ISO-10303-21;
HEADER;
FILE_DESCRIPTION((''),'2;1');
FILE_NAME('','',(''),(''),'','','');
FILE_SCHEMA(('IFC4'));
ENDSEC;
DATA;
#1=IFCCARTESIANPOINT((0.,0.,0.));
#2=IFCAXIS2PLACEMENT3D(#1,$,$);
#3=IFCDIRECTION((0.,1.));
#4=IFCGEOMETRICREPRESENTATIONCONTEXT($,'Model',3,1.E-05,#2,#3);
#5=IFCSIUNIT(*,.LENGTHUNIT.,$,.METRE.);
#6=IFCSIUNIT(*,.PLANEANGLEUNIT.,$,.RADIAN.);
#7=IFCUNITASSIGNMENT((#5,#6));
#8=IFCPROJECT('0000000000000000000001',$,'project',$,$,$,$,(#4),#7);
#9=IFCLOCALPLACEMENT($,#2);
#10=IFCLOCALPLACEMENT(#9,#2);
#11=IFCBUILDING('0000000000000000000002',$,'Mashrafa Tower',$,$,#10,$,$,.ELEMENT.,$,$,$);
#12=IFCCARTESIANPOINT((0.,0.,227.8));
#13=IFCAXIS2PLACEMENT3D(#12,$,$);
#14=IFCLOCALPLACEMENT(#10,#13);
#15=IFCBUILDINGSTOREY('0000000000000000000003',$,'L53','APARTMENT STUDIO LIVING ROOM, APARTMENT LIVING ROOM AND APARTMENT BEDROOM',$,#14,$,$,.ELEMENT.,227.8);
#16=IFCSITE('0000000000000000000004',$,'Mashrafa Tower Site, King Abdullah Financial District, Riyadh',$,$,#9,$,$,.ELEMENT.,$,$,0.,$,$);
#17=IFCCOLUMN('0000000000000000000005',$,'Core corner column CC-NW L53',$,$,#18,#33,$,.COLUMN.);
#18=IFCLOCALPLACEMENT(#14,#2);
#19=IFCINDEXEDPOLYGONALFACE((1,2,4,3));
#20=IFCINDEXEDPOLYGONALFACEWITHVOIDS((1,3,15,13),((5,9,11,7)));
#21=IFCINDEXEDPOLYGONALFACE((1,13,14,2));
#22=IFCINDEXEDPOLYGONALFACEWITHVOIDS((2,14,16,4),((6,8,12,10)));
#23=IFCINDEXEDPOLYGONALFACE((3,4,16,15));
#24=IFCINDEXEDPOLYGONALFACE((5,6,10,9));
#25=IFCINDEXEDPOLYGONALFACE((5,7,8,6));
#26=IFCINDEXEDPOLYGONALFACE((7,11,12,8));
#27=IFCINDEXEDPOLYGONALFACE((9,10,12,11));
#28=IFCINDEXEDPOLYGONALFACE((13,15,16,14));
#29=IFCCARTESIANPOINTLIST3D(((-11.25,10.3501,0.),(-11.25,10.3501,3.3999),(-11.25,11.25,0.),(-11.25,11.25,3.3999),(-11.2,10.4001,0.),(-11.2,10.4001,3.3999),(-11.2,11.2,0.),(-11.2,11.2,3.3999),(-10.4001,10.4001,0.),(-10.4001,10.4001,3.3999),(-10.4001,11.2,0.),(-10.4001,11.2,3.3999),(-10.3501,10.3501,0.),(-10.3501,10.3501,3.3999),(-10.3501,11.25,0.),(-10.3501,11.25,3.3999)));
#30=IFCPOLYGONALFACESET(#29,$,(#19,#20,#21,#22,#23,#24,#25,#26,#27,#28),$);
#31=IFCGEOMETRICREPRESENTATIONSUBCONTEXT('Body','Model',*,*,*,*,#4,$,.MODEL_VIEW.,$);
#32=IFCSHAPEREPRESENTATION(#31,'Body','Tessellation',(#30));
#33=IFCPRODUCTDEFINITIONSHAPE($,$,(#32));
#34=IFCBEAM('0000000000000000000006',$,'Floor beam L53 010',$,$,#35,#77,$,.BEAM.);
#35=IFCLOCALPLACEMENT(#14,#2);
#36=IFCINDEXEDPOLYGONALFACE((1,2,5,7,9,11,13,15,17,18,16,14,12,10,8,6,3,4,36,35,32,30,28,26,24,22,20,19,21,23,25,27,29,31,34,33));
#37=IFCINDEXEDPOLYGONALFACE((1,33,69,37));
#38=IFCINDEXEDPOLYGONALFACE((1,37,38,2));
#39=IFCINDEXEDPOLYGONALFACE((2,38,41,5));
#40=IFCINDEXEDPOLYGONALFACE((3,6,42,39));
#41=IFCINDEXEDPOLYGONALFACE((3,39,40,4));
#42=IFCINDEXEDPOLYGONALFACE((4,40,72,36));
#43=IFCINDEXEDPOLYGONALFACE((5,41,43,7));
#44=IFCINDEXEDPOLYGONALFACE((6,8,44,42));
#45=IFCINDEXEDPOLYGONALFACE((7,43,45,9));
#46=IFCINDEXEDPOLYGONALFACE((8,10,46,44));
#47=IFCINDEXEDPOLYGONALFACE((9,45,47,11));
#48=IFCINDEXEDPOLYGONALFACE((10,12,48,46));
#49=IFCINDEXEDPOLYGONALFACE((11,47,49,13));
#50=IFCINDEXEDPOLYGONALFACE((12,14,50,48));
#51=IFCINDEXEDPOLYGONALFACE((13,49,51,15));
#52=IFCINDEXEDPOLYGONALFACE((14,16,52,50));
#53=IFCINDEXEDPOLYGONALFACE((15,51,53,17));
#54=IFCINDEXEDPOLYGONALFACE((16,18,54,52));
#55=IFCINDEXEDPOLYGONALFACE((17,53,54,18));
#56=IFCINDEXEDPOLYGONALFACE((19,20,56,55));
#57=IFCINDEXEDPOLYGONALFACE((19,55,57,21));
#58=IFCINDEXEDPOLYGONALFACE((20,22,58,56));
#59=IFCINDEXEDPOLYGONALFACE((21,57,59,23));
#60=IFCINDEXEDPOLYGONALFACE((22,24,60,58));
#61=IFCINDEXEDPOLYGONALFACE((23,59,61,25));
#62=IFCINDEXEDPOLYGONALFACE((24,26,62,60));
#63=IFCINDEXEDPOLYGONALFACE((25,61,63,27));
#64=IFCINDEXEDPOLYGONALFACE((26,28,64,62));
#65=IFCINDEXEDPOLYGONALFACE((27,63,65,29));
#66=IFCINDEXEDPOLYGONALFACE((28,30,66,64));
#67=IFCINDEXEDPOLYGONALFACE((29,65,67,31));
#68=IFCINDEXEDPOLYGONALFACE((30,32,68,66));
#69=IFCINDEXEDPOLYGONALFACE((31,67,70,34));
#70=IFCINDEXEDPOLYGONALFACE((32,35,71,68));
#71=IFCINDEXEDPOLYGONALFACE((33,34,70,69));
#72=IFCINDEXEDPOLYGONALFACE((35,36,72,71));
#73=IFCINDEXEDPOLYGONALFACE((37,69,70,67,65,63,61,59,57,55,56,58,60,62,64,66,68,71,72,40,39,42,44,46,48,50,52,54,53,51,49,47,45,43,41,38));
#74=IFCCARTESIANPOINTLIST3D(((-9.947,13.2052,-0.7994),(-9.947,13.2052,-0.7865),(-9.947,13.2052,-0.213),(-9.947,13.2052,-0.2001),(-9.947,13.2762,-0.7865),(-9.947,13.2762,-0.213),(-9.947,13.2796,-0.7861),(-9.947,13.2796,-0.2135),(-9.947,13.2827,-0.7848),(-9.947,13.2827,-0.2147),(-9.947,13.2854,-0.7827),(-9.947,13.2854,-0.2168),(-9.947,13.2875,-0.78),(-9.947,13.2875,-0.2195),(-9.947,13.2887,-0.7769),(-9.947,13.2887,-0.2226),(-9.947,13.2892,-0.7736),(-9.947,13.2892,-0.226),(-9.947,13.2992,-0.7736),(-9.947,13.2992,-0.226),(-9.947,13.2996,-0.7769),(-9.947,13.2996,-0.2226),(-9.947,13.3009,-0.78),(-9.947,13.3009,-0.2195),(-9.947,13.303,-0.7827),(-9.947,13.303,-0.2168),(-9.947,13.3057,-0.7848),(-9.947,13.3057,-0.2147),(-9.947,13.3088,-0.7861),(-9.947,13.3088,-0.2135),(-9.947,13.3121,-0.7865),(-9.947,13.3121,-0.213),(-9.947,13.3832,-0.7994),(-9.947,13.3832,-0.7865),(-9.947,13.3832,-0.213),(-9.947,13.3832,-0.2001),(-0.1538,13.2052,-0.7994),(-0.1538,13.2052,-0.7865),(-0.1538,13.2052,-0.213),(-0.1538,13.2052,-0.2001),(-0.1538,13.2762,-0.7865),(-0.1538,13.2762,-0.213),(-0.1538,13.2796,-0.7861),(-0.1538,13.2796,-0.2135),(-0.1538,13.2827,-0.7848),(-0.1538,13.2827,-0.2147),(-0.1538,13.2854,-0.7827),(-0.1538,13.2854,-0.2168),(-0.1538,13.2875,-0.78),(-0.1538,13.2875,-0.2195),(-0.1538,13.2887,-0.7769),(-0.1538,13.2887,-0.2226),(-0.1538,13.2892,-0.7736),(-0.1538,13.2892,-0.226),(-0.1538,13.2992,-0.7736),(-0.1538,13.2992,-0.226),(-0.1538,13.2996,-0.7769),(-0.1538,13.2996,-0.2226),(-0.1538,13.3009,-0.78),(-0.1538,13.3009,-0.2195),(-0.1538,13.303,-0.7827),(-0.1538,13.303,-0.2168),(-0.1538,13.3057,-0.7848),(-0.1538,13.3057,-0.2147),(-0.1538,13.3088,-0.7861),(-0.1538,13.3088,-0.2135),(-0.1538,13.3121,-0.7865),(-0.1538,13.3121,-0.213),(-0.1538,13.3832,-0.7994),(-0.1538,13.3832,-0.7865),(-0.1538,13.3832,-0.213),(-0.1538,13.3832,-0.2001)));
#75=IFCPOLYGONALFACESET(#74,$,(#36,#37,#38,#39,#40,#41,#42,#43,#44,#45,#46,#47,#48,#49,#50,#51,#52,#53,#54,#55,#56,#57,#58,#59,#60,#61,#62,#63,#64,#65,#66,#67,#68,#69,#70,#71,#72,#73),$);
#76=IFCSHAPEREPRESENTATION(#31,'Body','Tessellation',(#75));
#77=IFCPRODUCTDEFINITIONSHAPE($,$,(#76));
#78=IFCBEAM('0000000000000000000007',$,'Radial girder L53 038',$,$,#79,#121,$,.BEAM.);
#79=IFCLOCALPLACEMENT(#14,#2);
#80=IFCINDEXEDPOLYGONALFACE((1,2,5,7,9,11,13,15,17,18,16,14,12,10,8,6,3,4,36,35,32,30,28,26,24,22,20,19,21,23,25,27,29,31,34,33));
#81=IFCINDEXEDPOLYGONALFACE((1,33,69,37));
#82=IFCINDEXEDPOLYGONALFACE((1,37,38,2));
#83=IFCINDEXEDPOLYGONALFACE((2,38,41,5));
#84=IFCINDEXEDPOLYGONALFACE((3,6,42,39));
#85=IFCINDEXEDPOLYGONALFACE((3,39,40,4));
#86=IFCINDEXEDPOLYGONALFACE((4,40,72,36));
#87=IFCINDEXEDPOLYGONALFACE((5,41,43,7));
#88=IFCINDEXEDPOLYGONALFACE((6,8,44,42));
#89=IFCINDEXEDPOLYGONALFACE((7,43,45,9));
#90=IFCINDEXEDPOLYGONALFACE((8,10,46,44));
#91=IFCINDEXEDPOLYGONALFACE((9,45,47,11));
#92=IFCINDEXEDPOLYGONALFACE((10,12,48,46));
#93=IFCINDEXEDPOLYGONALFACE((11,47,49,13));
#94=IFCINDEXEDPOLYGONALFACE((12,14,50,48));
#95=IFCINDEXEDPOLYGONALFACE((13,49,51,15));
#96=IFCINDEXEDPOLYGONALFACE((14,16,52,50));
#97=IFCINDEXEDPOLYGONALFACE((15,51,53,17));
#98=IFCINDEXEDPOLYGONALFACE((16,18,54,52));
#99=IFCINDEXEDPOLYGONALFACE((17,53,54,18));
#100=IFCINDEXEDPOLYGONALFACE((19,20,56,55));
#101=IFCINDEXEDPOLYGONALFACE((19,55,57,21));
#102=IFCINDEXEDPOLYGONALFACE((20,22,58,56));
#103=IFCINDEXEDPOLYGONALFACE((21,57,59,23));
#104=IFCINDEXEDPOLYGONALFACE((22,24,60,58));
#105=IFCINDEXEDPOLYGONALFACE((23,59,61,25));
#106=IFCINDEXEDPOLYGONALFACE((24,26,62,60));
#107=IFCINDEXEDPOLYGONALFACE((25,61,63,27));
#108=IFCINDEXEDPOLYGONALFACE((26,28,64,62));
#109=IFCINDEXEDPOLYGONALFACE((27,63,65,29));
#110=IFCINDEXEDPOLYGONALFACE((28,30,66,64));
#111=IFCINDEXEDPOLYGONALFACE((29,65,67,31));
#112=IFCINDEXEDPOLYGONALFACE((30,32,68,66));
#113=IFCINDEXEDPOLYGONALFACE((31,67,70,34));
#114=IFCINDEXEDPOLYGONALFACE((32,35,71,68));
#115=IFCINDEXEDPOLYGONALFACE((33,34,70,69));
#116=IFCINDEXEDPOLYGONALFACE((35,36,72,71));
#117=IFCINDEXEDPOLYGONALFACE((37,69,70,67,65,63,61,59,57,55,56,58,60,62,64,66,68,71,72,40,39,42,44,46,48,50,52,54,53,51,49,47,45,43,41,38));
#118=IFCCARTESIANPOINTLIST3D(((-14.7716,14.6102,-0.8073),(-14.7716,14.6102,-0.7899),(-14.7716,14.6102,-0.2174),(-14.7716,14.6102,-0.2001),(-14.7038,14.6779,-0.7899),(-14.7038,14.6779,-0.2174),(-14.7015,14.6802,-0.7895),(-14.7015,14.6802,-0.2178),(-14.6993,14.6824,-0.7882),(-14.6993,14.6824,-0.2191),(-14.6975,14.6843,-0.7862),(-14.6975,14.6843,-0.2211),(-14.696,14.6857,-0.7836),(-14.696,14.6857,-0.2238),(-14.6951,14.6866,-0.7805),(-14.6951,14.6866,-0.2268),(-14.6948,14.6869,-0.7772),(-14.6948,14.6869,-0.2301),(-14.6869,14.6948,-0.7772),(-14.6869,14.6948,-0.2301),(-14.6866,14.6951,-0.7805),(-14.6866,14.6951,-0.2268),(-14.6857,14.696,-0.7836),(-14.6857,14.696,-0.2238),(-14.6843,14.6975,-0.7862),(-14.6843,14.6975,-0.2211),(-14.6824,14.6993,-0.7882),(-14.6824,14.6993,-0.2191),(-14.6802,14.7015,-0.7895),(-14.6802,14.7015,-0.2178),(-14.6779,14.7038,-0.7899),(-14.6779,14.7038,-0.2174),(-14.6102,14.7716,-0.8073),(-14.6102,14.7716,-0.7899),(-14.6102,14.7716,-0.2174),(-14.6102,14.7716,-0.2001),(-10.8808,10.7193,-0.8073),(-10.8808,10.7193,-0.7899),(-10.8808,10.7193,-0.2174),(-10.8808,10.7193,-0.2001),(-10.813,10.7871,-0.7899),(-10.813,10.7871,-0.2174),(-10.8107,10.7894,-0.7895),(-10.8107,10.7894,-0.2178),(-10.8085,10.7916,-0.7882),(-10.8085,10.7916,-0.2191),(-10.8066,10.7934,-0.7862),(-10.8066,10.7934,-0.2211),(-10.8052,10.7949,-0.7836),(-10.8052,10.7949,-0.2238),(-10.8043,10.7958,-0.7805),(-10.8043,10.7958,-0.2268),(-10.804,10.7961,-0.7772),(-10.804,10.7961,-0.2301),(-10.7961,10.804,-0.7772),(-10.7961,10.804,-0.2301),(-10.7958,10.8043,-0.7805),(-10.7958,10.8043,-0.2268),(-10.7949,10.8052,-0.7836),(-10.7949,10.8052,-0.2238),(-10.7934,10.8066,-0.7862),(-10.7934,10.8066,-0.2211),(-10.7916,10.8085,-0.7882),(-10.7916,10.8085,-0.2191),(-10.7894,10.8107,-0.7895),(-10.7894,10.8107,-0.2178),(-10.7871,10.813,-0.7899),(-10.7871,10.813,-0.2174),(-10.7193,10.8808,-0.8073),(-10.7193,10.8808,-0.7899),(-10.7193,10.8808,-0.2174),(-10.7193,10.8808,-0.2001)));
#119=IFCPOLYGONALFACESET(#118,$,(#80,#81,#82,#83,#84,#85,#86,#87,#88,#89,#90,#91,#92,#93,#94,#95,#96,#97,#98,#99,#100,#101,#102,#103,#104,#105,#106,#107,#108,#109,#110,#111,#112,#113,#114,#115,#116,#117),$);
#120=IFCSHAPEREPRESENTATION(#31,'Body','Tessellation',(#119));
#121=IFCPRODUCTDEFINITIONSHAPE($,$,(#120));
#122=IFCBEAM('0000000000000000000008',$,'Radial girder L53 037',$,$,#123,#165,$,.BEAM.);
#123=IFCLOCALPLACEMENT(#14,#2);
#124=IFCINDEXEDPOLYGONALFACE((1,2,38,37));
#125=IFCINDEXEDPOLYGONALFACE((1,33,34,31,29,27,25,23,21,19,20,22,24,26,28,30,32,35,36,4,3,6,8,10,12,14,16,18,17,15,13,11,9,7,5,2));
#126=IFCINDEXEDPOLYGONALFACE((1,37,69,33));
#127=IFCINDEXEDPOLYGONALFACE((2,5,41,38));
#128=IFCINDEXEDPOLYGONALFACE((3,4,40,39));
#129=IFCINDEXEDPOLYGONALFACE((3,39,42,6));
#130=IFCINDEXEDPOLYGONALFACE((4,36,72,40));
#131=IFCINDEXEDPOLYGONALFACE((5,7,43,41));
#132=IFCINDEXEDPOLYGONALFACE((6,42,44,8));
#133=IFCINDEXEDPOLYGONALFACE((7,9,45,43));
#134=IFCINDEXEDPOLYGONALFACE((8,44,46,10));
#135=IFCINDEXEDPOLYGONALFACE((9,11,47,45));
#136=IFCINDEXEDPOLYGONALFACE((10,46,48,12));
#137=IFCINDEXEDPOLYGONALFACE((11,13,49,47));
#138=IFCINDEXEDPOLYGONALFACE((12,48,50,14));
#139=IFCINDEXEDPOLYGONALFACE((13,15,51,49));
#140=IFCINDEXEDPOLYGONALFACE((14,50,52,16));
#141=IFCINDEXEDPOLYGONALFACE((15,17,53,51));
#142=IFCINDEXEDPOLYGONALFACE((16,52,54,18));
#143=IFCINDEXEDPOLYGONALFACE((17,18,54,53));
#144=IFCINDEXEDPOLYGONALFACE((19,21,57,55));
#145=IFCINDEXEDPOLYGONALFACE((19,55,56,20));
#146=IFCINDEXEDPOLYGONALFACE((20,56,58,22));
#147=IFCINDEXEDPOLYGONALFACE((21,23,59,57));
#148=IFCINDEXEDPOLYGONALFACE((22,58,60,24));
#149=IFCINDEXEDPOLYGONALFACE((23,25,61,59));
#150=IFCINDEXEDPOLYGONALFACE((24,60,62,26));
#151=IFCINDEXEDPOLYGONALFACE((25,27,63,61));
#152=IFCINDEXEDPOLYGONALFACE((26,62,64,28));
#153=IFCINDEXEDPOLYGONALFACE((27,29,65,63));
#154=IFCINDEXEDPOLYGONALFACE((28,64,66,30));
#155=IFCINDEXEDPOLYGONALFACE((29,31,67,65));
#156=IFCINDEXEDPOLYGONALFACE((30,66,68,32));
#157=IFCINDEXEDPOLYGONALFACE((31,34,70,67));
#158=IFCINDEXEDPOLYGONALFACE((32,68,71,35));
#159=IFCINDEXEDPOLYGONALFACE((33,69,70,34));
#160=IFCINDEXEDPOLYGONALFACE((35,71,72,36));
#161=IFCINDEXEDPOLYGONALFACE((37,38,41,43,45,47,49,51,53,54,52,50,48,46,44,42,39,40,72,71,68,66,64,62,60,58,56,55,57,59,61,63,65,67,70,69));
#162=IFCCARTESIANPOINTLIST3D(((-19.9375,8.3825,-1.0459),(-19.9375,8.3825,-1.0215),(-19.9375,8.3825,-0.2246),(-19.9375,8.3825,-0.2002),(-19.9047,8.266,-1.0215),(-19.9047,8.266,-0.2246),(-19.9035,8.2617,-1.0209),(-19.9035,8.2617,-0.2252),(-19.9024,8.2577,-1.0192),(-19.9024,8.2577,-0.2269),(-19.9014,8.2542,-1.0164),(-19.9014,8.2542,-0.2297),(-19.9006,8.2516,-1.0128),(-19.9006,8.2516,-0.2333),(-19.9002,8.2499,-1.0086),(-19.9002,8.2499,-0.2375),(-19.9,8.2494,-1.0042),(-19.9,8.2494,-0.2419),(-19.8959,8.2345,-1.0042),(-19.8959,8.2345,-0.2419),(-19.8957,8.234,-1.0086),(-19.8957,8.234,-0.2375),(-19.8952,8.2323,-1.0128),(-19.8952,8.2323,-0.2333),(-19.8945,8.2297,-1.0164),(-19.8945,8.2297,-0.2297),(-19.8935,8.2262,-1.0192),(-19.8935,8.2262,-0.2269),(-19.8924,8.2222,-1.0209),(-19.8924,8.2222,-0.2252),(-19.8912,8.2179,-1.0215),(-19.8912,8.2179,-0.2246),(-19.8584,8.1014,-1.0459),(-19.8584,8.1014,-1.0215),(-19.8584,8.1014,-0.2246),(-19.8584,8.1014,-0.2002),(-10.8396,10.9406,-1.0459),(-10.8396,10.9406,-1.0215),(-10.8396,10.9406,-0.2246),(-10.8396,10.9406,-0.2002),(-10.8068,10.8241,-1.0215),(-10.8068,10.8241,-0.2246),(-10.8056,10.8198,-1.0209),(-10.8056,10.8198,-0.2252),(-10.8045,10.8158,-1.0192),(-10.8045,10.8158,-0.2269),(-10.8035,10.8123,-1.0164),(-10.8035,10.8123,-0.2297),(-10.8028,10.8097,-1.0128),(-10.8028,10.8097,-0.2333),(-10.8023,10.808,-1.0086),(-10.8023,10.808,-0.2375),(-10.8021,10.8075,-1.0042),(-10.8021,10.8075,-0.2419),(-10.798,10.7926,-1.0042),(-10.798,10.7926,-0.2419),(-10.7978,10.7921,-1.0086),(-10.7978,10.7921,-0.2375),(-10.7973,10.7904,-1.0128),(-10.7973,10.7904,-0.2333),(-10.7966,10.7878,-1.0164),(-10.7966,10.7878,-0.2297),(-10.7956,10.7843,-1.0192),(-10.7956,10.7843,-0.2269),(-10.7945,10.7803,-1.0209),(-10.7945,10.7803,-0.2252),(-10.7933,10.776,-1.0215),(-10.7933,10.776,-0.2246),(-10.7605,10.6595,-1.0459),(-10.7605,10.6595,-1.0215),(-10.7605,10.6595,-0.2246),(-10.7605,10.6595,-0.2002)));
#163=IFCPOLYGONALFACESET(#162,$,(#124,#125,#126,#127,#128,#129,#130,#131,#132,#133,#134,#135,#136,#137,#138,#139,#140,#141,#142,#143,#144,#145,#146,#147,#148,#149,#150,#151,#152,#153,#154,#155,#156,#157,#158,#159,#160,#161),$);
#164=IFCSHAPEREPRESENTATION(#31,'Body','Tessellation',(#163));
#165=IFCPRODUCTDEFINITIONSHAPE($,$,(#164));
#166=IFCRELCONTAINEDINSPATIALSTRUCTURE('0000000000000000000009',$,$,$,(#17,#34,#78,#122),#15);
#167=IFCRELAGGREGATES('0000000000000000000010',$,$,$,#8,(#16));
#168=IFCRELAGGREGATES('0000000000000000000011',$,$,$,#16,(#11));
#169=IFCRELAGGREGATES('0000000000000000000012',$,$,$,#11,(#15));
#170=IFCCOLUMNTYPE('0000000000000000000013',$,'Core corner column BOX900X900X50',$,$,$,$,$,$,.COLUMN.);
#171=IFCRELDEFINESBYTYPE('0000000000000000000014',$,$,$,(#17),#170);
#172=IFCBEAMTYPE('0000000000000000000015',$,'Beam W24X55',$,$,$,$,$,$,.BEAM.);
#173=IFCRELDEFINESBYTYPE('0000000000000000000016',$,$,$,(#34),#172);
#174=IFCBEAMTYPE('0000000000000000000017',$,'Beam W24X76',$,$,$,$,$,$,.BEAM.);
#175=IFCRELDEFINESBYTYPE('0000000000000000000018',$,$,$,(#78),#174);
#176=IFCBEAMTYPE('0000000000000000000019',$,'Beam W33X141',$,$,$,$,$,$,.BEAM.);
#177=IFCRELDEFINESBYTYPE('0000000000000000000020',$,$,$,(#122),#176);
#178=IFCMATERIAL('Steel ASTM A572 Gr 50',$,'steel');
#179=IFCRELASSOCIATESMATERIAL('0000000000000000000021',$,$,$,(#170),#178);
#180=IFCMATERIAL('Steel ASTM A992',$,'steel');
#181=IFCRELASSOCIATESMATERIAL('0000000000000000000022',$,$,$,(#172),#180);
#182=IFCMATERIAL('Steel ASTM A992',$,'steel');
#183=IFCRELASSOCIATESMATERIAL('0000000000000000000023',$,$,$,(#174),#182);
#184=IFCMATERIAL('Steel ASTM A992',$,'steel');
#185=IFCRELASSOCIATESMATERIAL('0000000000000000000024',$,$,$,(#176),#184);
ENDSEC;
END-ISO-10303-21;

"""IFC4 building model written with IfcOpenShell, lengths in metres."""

from ifc_helpers import new_model, si_unit, direction, frame, origin, origin_2d, place, context, subcontext, project, spatial, hollow_rectangle, i_section, extrude, material, material_profile, profile_set, type_object, element, save


model = new_model("IFC4")

# Units and contexts
model_context = context("Model", 3, precision=1e-05, world=origin(), true_north=direction((0.0, 1.0)))
body_context = subcontext(model_context, "Body", "Model", "MODEL_VIEW")
ifc_project = project(units=[si_unit("LENGTHUNIT", "METRE"), si_unit("PLANEANGLEUNIT", "RADIAN")], contexts=[model_context])

# Site, building, storey
site_placement = place(None, origin())
site = spatial("IfcSite", under=ifc_project, at=site_placement, Name="Mashrafa Tower Site, King Abdullah Financial District, Riyadh", CompositionType="ELEMENT", RefElevation=0.0)
building_placement = place(site_placement, origin())
building = spatial("IfcBuilding", under=site, at=building_placement, Name="Mashrafa Tower", CompositionType="ELEMENT")
storey_placement = place(building_placement, frame((0.0, 0.0, 227.8)))
storey = spatial("IfcBuildingStorey", under=building, at=storey_placement, Name="L53", Description="APARTMENT STUDIO LIVING ROOM, APARTMENT LIVING ROOM AND APARTMENT BEDROOM", CompositionType="ELEMENT", Elevation=227.8)

# Column
ifc_material_1 = material(Name="Steel ASTM A572 Gr 50", Category="steel")
ifc_material_profile_1 = material_profile(ifc_material_1, hollow_rectangle(XDim=0.8999, YDim=0.8999, WallThickness=0.05, at=origin_2d()), Name="BOX900X900X50")
ifc_profile_set_1 = profile_set([ifc_material_profile_1], Name="Steel ASTM A572 Gr 50")
column_type = type_object("IfcColumnType", Name="Core corner column BOX900X900X50", PredefinedType="COLUMN", material=ifc_profile_set_1)
column_placement = place(storey_placement, frame((-10.8, 10.8, 0.0), z_axis=(0.0, 0.0, 1.0), x_axis=(1.0, 0.0, 0.0)))
element("IfcColumn", 1, at=column_placement, inside=storey, type_object=column_type, Name="Core corner column CC-NW L53", PredefinedType="COLUMN", context=body_context, shape_type="SweptSolid", body=[
    extrude(hollow_rectangle(XDim=0.8999, YDim=0.8999, WallThickness=0.05, at=origin_2d()), origin(), (0.0, 0.0, 1.0), 3.3999),
])

# Beams
ifc_material_2 = material(Name="Steel ASTM A992", Category="steel")
ifc_material_profile_2 = material_profile(ifc_material_2, i_section(OverallWidth=0.178, OverallDepth=0.5994, WebThickness=0.01, FlangeThickness=0.0129, FilletRadius=0.0129, at=origin_2d()), Name="W24X55")
ifc_profile_set_2 = profile_set([ifc_material_profile_2], Name="Steel ASTM A992")
beam_type_1 = type_object("IfcBeamType", Name="Beam W24X55", PredefinedType="BEAM", material=ifc_profile_set_2)
beam_1_placement = place(storey_placement, frame((-9.947, 13.2942, -0.4998), z_axis=(1.0, 0.0, 0.0), x_axis=(0.0, 1.0, 0.0)))
element("IfcBeam", 2, at=beam_1_placement, inside=storey, type_object=beam_type_1, Name="Floor beam L53 010", PredefinedType="BEAM", context=body_context, shape_type="SweptSolid", body=[
    extrude(i_section(OverallWidth=0.178, OverallDepth=0.5994, WebThickness=0.01, FlangeThickness=0.0129, FilletRadius=0.0129, at=origin_2d()), origin(), (0.0, 0.0, 1.0), 9.7932),
])
ifc_material_3 = material(Name="Steel ASTM A992", Category="steel")
ifc_material_profile_3 = material_profile(ifc_material_3, i_section(OverallWidth=0.2283, OverallDepth=0.6072, WebThickness=0.0112, FlangeThickness=0.0173, FilletRadius=0.0127, at=origin_2d()), Name="W24X76")
ifc_profile_set_3 = profile_set([ifc_material_profile_3], Name="Steel ASTM A992")
beam_type_2 = type_object("IfcBeamType", Name="Beam W24X76", PredefinedType="BEAM", material=ifc_profile_set_3)
beam_2_placement = place(storey_placement, frame((-10.8, 10.8, -0.5037), z_axis=(-0.707107, 0.707107, 0.0), x_axis=(-0.707107, -0.707107, 0.0)))
element("IfcBeam", 3, at=beam_2_placement, inside=storey, type_object=beam_type_2, Name="Radial girder L53 038", PredefinedType="BEAM", context=body_context, shape_type="SweptSolid", body=[
    extrude(i_section(OverallWidth=0.2283, OverallDepth=0.6072, WebThickness=0.0112, FlangeThickness=0.0173, FilletRadius=0.0127, at=origin_2d()), origin(), (0.0, 0.0, 1.0), 5.5024),
])
ifc_material_4 = material(Name="Steel ASTM A992", Category="steel")
ifc_material_profile_4 = material_profile(ifc_material_4, i_section(OverallWidth=0.292, OverallDepth=0.8457, WebThickness=0.0154, FlangeThickness=0.0244, FilletRadius=0.0173, at=origin_2d()), Name="W33X141")
ifc_profile_set_4 = profile_set([ifc_material_profile_4], Name="Steel ASTM A992")
beam_type_3 = type_object("IfcBeamType", Name="Beam W33X141", PredefinedType="BEAM", material=ifc_profile_set_4)
for number, where, z_axis, x_axis, name in (
    (4, (-10.8, 10.8, -0.623), (-0.96267, -0.270679, 0.0), (0.270679, -0.96267, 0.0), "Radial girder L53 037"),
):
    element("IfcBeam", number, at=place(storey_placement, frame(where, z_axis=z_axis, x_axis=x_axis)), inside=storey, type_object=beam_type_3, Name=name, PredefinedType="BEAM", context=body_context, shape_type="SweptSolid", body=[
        extrude(i_section(OverallWidth=0.292, OverallDepth=0.8457, WebThickness=0.0154, FlangeThickness=0.0244, FilletRadius=0.0173, at=origin_2d()), origin(), (0.0, 0.0, 1.0), 9.4507),
    ])

save(model, "model.ifc")
